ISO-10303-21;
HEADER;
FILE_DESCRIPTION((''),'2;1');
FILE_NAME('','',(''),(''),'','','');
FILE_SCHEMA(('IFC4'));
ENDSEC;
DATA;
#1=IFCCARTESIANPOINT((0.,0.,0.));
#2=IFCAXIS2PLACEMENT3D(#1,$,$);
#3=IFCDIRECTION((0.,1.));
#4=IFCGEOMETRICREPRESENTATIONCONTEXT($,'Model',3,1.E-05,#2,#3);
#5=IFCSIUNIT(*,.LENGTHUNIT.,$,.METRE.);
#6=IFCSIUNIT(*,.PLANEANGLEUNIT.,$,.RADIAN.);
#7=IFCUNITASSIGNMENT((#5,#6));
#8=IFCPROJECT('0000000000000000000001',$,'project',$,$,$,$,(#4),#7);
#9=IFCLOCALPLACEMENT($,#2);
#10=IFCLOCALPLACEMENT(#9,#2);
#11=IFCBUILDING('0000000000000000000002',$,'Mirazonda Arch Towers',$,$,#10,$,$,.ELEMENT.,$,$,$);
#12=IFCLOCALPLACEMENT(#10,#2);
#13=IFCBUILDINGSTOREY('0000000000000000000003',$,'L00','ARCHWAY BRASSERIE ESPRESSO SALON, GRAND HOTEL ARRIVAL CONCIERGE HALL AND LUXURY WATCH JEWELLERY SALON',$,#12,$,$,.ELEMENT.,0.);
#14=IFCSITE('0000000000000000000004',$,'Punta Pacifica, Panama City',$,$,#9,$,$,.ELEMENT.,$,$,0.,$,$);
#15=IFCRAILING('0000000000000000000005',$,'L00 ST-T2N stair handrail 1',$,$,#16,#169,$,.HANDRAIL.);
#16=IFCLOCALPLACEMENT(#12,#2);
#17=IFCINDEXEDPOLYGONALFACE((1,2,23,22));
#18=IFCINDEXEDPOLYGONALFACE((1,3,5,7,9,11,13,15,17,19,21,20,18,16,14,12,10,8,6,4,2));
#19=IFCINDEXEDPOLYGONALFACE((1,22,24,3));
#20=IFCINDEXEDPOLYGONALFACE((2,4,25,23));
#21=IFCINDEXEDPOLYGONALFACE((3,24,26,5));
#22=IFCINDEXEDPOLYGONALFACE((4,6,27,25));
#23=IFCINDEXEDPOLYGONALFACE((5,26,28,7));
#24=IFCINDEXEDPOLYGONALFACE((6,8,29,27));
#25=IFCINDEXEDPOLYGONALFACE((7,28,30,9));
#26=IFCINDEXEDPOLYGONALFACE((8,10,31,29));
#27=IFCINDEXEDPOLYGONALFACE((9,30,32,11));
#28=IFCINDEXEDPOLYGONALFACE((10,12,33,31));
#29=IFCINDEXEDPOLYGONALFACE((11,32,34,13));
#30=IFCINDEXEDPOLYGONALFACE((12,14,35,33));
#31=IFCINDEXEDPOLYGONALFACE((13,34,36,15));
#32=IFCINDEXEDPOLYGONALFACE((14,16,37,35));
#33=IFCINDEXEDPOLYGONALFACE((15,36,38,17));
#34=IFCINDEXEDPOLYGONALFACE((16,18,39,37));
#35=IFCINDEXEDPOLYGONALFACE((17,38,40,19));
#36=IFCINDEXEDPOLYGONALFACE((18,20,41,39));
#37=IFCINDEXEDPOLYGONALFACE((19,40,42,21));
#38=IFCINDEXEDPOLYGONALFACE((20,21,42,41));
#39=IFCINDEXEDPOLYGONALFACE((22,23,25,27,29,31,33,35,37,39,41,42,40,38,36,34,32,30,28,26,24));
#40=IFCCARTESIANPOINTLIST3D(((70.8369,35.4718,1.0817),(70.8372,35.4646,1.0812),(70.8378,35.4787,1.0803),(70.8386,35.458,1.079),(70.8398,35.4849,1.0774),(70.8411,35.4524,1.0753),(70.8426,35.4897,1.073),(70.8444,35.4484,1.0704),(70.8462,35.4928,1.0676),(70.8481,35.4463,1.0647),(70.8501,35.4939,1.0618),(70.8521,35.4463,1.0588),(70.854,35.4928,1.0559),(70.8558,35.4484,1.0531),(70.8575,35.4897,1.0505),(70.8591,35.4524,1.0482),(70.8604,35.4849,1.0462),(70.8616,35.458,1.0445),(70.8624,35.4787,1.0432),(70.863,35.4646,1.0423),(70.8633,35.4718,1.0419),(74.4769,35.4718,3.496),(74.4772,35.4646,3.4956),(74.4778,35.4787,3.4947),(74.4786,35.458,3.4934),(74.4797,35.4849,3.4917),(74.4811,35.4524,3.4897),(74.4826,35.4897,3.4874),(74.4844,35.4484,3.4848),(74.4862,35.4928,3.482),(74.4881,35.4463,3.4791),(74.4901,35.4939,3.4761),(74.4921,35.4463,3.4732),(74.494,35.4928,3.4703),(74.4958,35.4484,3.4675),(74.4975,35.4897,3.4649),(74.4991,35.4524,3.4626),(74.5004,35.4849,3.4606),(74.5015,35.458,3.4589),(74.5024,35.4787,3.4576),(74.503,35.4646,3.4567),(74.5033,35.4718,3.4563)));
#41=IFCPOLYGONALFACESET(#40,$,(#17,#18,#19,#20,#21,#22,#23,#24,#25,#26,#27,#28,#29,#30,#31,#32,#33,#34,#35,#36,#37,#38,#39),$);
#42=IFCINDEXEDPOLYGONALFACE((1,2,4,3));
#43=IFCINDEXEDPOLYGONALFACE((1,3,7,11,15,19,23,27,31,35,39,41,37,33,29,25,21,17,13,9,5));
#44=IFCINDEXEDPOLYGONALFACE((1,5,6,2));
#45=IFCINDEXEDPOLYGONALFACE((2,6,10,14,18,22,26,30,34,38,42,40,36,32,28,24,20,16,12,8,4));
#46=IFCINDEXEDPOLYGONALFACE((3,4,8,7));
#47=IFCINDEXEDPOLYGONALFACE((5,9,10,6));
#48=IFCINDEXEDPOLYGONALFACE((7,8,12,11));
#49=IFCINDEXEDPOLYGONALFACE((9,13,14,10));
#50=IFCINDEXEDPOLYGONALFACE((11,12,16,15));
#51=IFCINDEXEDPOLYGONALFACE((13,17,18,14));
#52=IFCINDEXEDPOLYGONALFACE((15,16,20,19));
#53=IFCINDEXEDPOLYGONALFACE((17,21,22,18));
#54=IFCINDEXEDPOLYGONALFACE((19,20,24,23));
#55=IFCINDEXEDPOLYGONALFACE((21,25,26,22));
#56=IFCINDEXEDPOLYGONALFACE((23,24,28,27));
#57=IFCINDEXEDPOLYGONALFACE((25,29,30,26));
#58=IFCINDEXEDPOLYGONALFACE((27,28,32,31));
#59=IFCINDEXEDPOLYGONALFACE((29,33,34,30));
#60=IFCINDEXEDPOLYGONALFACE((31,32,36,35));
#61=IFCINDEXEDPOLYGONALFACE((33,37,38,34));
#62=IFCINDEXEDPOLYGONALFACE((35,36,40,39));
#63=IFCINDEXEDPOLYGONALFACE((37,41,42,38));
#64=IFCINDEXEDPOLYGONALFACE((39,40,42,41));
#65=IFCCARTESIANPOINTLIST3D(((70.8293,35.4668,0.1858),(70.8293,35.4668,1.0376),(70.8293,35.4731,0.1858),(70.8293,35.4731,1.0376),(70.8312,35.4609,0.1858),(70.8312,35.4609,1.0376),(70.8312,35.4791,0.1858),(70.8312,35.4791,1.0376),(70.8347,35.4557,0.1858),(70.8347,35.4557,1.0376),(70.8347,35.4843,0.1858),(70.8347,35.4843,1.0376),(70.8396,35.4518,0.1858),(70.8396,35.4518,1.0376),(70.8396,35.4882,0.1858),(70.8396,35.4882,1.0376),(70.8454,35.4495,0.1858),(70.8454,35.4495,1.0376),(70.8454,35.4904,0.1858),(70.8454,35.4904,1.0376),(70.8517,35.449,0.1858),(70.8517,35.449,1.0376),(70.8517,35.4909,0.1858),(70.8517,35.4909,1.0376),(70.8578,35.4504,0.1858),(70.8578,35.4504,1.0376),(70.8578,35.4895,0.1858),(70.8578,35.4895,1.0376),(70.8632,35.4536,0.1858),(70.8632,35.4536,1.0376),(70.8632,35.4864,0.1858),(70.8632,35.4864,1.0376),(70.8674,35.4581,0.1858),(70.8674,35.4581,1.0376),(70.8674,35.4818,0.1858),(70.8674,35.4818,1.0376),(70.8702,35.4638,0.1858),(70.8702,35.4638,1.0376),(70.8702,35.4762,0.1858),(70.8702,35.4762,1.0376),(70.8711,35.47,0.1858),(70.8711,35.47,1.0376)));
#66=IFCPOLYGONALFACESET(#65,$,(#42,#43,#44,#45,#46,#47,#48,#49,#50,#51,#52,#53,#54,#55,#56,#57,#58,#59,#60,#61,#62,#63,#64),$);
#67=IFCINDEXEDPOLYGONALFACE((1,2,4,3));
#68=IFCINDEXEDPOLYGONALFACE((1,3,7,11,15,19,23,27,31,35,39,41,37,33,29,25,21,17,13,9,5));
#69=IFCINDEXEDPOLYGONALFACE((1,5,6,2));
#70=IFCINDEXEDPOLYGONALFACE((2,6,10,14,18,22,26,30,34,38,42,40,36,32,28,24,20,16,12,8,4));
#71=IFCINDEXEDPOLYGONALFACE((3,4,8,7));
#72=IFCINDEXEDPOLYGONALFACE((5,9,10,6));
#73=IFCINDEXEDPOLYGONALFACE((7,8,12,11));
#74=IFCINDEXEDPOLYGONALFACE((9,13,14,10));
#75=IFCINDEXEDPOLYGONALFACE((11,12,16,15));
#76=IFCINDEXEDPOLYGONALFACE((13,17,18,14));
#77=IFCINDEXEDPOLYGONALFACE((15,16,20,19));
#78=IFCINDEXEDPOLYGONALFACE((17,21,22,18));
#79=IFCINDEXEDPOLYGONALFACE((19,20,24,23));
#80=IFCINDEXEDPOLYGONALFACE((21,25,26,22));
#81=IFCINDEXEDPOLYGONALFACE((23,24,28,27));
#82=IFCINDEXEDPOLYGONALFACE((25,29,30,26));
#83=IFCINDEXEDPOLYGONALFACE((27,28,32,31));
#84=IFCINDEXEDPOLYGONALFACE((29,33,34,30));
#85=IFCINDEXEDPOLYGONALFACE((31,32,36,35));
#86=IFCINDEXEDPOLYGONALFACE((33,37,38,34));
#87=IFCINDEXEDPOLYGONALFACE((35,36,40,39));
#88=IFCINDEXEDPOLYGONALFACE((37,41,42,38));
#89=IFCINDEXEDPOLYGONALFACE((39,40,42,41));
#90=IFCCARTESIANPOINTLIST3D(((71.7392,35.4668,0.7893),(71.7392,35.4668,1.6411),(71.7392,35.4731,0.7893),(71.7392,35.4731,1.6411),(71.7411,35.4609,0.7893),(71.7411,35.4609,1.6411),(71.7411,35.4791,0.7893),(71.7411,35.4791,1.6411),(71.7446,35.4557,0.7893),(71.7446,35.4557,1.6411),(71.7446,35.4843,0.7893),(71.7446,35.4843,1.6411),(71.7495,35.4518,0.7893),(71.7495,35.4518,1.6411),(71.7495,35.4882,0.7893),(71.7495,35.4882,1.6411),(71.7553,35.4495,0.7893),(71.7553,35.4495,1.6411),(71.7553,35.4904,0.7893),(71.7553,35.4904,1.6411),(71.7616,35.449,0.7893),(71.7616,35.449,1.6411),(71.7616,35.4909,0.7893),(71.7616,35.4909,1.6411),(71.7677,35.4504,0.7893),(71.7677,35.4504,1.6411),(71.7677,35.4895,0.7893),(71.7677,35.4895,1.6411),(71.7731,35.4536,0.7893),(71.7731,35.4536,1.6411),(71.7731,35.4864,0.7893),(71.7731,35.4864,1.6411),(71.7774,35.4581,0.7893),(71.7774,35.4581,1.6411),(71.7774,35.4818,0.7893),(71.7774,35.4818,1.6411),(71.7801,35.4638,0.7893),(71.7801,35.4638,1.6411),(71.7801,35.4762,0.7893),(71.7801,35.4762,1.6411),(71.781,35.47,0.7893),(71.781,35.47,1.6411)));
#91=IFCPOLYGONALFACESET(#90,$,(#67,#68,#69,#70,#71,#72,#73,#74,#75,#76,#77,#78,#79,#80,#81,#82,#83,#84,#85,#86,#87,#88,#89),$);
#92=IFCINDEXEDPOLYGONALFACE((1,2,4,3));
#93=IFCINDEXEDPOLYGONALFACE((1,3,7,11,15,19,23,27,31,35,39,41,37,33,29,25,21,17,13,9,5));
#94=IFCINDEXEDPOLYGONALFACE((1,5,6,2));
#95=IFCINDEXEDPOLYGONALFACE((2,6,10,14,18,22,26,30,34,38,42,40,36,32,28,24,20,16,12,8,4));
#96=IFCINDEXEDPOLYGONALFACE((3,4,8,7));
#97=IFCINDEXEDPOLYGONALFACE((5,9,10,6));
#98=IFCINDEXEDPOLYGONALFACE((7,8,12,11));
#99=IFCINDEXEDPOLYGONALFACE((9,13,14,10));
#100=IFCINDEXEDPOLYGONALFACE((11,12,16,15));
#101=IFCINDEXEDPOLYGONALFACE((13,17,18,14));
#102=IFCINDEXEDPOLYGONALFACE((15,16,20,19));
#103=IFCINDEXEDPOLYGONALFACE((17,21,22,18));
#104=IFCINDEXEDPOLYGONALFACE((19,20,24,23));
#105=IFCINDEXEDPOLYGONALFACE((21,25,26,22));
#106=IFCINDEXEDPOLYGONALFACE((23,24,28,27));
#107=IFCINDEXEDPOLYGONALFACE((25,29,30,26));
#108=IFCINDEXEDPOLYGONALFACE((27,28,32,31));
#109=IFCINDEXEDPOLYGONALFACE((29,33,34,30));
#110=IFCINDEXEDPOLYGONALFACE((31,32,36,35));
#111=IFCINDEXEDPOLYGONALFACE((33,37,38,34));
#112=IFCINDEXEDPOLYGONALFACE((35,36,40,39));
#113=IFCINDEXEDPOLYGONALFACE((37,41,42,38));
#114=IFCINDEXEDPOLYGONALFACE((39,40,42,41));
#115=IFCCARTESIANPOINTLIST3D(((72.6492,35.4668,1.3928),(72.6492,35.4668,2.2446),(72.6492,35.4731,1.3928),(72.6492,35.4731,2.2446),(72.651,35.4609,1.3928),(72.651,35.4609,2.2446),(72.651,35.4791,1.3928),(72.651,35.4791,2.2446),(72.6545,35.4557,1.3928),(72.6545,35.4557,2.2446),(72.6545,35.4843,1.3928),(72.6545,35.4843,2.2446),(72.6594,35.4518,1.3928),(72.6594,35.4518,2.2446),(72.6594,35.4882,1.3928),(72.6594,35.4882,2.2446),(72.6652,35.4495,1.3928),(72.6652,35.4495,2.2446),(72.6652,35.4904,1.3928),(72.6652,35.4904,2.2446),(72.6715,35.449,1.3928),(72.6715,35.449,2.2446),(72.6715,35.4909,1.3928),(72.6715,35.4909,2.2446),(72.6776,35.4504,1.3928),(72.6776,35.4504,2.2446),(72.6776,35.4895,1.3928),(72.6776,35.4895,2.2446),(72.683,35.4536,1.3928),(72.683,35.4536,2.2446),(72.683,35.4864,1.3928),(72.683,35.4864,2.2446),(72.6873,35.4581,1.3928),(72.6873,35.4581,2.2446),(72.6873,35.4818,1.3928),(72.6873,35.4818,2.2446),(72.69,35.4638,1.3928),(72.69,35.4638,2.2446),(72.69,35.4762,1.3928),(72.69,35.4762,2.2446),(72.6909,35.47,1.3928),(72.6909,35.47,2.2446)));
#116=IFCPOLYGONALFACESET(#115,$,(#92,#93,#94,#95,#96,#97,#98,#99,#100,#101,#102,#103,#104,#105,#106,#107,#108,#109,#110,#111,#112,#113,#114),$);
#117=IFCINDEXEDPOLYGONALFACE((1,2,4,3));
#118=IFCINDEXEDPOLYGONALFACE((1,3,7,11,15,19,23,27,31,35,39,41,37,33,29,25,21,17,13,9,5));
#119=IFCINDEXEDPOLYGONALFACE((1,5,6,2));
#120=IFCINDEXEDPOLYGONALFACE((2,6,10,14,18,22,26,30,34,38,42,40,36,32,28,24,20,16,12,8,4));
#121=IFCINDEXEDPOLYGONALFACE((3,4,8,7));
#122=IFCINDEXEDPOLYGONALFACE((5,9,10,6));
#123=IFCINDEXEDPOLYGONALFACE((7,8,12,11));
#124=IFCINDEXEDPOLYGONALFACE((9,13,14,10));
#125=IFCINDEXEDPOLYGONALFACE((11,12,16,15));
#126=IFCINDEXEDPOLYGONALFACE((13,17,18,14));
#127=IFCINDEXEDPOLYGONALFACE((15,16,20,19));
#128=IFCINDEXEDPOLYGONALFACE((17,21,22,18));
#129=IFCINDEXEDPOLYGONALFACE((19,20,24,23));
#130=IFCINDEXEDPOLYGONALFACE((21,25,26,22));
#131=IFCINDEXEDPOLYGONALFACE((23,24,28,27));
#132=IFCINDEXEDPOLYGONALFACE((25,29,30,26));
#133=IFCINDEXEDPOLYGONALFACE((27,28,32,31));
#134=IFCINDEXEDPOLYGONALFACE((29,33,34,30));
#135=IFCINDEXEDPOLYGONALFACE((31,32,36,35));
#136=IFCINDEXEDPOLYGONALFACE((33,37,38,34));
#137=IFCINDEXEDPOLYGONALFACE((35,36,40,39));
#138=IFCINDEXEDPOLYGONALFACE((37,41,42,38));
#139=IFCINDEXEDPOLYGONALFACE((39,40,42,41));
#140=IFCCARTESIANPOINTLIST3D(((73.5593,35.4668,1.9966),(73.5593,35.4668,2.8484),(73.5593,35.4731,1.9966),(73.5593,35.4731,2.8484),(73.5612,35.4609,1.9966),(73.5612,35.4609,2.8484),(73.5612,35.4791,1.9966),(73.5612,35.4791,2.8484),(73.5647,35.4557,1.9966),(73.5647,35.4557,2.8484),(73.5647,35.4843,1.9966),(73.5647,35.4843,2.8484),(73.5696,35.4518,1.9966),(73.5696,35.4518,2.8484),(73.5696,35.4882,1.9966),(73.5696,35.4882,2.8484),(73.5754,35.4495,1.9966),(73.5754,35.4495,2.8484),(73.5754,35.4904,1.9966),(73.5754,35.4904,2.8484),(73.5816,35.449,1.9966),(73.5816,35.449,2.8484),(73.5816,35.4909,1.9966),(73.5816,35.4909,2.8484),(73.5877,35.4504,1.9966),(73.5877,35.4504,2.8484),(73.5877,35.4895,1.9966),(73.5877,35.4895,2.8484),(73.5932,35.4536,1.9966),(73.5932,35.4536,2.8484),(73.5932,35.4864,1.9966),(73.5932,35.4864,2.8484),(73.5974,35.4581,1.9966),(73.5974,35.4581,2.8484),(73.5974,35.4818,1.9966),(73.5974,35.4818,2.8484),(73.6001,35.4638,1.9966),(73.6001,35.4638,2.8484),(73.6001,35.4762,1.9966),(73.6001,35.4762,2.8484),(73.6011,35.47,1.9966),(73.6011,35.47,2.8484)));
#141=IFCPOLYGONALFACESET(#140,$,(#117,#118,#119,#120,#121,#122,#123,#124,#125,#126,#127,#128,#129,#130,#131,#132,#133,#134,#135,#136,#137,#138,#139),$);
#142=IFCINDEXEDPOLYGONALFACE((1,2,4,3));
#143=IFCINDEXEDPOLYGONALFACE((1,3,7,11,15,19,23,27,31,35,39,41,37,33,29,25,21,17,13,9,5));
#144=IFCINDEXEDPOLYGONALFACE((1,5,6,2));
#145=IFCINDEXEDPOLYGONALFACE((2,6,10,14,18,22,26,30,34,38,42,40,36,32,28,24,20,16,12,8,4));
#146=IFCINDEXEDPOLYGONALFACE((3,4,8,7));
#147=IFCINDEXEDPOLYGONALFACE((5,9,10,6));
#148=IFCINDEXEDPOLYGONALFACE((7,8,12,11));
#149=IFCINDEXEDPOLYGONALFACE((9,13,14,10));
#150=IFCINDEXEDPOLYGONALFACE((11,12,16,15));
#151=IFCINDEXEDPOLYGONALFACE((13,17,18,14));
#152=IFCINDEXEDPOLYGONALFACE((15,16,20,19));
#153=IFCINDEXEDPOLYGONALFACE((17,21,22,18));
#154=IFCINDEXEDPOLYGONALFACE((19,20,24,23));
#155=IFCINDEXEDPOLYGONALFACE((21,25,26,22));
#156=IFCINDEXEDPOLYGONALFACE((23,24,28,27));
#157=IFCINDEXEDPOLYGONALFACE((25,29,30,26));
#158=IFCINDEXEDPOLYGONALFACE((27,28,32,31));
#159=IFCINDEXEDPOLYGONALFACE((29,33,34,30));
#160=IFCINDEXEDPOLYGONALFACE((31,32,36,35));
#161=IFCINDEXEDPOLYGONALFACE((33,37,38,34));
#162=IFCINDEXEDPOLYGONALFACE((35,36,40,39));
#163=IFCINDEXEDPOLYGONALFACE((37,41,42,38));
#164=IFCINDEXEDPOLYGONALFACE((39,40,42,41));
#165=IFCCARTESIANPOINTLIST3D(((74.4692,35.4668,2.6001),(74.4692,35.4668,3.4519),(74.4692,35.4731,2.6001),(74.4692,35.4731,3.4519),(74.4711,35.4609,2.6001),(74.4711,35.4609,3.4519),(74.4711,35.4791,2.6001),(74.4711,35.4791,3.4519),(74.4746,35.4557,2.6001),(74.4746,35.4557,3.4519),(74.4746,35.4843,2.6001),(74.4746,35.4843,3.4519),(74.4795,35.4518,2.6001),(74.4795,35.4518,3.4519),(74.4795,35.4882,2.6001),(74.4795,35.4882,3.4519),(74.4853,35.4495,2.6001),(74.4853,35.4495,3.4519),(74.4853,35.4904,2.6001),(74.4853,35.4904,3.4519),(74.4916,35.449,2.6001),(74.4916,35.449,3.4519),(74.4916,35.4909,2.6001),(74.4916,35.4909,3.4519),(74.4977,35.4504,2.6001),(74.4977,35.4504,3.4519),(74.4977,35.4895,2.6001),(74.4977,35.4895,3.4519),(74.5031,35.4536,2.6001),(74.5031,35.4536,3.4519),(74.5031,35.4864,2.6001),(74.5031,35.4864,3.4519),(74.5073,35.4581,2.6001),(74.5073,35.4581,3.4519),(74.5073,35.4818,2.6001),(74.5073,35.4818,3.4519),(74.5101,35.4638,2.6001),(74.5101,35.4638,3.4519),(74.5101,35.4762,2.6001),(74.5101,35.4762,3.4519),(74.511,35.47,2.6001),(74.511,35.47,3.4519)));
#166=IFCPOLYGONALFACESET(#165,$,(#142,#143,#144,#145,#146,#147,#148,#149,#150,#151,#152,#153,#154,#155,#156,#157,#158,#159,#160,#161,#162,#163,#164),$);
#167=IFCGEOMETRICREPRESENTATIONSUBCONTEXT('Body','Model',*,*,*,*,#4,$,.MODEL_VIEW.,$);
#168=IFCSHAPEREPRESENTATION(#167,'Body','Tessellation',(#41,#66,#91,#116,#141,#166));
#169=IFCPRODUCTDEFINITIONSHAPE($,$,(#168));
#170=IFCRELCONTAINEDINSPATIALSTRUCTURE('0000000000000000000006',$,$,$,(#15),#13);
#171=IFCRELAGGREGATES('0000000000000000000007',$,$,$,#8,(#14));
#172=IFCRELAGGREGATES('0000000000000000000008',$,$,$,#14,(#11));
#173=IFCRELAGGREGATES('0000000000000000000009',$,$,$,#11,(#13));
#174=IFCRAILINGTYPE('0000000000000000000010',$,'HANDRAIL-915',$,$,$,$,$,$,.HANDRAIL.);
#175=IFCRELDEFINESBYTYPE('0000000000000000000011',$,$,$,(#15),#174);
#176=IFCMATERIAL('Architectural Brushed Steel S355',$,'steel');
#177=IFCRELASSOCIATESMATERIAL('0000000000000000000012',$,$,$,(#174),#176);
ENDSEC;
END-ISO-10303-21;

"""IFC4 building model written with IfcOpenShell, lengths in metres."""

from ifc_helpers import new_model, si_unit, direction, frame, origin, origin_2d, place, context, subcontext, project, spatial, circle, extrude, material, type_object, element, save


model = new_model("IFC4")

# Units and contexts
model_context = context("Model", 3, precision=1e-05, world=origin(), true_north=direction((0.0, 1.0)))
body_context = subcontext(model_context, "Body", "Model", "MODEL_VIEW")
ifc_project = project(units=[si_unit("LENGTHUNIT", "METRE"), si_unit("PLANEANGLEUNIT", "RADIAN")], contexts=[model_context])

# Site, building, storey
site_placement = place(None, origin())
site = spatial("IfcSite", under=ifc_project, at=site_placement, Name="Punta Pacifica, Panama City", CompositionType="ELEMENT", RefElevation=0.0)
building_placement = place(site_placement, origin())
building = spatial("IfcBuilding", under=site, at=building_placement, Name="Mirazonda Arch Towers", CompositionType="ELEMENT")
storey_placement = place(building_placement, origin())
storey = spatial("IfcBuildingStorey", under=building, at=storey_placement, Name="L00", Description="ARCHWAY BRASSERIE ESPRESSO SALON, GRAND HOTEL ARRIVAL CONCIERGE HALL AND LUXURY WATCH JEWELLERY SALON", CompositionType="ELEMENT", Elevation=0.0)

# Shared definitions
ifc_material_1 = material(Name="Architectural Brushed Steel S355", Category="steel")

# Railing
railing_type = type_object("IfcRailingType", Name="HANDRAIL-915", PredefinedType="HANDRAIL", material=ifc_material_1)
railing_placement = place(storey_placement, frame((70.8501, 35.47, 0.1858)))
element("IfcRailing", 1, at=railing_placement, inside=storey, type_object=railing_type, Name="L00 ST-T2N stair handrail 1", PredefinedType="HANDRAIL", context=body_context, shape_type="SweptSolid", body=[
    extrude(circle(Radius=0.0239, at=origin_2d()), frame((0.0, 0.0, 0.876), z_axis=(0.833347, 0.0, 0.552751), x_axis=(0.0, 1.0, 0.0)), (0.0, 0.0, 1.0), 4.3679),
    extrude(circle(Radius=0.021, at=origin_2d()), origin(), (0.0, 0.0, 1.0), 0.8518),
    extrude(circle(Radius=0.021, at=origin_2d()), frame((0.9099, 0.0, 0.6035)), (0.0, 0.0, 1.0), 0.8518),
    extrude(circle(Radius=0.021, at=origin_2d()), frame((1.8198, 0.0, 1.207)), (0.0, 0.0, 1.0), 0.8518),
    extrude(circle(Radius=0.021, at=origin_2d()), frame((2.73, 0.0, 1.8108)), (0.0, 0.0, 1.0), 0.8518),
    extrude(circle(Radius=0.021, at=origin_2d()), frame((3.6399, 0.0, 2.4143)), (0.0, 0.0, 1.0), 0.8518),
])

save(model, "model.ifc")
